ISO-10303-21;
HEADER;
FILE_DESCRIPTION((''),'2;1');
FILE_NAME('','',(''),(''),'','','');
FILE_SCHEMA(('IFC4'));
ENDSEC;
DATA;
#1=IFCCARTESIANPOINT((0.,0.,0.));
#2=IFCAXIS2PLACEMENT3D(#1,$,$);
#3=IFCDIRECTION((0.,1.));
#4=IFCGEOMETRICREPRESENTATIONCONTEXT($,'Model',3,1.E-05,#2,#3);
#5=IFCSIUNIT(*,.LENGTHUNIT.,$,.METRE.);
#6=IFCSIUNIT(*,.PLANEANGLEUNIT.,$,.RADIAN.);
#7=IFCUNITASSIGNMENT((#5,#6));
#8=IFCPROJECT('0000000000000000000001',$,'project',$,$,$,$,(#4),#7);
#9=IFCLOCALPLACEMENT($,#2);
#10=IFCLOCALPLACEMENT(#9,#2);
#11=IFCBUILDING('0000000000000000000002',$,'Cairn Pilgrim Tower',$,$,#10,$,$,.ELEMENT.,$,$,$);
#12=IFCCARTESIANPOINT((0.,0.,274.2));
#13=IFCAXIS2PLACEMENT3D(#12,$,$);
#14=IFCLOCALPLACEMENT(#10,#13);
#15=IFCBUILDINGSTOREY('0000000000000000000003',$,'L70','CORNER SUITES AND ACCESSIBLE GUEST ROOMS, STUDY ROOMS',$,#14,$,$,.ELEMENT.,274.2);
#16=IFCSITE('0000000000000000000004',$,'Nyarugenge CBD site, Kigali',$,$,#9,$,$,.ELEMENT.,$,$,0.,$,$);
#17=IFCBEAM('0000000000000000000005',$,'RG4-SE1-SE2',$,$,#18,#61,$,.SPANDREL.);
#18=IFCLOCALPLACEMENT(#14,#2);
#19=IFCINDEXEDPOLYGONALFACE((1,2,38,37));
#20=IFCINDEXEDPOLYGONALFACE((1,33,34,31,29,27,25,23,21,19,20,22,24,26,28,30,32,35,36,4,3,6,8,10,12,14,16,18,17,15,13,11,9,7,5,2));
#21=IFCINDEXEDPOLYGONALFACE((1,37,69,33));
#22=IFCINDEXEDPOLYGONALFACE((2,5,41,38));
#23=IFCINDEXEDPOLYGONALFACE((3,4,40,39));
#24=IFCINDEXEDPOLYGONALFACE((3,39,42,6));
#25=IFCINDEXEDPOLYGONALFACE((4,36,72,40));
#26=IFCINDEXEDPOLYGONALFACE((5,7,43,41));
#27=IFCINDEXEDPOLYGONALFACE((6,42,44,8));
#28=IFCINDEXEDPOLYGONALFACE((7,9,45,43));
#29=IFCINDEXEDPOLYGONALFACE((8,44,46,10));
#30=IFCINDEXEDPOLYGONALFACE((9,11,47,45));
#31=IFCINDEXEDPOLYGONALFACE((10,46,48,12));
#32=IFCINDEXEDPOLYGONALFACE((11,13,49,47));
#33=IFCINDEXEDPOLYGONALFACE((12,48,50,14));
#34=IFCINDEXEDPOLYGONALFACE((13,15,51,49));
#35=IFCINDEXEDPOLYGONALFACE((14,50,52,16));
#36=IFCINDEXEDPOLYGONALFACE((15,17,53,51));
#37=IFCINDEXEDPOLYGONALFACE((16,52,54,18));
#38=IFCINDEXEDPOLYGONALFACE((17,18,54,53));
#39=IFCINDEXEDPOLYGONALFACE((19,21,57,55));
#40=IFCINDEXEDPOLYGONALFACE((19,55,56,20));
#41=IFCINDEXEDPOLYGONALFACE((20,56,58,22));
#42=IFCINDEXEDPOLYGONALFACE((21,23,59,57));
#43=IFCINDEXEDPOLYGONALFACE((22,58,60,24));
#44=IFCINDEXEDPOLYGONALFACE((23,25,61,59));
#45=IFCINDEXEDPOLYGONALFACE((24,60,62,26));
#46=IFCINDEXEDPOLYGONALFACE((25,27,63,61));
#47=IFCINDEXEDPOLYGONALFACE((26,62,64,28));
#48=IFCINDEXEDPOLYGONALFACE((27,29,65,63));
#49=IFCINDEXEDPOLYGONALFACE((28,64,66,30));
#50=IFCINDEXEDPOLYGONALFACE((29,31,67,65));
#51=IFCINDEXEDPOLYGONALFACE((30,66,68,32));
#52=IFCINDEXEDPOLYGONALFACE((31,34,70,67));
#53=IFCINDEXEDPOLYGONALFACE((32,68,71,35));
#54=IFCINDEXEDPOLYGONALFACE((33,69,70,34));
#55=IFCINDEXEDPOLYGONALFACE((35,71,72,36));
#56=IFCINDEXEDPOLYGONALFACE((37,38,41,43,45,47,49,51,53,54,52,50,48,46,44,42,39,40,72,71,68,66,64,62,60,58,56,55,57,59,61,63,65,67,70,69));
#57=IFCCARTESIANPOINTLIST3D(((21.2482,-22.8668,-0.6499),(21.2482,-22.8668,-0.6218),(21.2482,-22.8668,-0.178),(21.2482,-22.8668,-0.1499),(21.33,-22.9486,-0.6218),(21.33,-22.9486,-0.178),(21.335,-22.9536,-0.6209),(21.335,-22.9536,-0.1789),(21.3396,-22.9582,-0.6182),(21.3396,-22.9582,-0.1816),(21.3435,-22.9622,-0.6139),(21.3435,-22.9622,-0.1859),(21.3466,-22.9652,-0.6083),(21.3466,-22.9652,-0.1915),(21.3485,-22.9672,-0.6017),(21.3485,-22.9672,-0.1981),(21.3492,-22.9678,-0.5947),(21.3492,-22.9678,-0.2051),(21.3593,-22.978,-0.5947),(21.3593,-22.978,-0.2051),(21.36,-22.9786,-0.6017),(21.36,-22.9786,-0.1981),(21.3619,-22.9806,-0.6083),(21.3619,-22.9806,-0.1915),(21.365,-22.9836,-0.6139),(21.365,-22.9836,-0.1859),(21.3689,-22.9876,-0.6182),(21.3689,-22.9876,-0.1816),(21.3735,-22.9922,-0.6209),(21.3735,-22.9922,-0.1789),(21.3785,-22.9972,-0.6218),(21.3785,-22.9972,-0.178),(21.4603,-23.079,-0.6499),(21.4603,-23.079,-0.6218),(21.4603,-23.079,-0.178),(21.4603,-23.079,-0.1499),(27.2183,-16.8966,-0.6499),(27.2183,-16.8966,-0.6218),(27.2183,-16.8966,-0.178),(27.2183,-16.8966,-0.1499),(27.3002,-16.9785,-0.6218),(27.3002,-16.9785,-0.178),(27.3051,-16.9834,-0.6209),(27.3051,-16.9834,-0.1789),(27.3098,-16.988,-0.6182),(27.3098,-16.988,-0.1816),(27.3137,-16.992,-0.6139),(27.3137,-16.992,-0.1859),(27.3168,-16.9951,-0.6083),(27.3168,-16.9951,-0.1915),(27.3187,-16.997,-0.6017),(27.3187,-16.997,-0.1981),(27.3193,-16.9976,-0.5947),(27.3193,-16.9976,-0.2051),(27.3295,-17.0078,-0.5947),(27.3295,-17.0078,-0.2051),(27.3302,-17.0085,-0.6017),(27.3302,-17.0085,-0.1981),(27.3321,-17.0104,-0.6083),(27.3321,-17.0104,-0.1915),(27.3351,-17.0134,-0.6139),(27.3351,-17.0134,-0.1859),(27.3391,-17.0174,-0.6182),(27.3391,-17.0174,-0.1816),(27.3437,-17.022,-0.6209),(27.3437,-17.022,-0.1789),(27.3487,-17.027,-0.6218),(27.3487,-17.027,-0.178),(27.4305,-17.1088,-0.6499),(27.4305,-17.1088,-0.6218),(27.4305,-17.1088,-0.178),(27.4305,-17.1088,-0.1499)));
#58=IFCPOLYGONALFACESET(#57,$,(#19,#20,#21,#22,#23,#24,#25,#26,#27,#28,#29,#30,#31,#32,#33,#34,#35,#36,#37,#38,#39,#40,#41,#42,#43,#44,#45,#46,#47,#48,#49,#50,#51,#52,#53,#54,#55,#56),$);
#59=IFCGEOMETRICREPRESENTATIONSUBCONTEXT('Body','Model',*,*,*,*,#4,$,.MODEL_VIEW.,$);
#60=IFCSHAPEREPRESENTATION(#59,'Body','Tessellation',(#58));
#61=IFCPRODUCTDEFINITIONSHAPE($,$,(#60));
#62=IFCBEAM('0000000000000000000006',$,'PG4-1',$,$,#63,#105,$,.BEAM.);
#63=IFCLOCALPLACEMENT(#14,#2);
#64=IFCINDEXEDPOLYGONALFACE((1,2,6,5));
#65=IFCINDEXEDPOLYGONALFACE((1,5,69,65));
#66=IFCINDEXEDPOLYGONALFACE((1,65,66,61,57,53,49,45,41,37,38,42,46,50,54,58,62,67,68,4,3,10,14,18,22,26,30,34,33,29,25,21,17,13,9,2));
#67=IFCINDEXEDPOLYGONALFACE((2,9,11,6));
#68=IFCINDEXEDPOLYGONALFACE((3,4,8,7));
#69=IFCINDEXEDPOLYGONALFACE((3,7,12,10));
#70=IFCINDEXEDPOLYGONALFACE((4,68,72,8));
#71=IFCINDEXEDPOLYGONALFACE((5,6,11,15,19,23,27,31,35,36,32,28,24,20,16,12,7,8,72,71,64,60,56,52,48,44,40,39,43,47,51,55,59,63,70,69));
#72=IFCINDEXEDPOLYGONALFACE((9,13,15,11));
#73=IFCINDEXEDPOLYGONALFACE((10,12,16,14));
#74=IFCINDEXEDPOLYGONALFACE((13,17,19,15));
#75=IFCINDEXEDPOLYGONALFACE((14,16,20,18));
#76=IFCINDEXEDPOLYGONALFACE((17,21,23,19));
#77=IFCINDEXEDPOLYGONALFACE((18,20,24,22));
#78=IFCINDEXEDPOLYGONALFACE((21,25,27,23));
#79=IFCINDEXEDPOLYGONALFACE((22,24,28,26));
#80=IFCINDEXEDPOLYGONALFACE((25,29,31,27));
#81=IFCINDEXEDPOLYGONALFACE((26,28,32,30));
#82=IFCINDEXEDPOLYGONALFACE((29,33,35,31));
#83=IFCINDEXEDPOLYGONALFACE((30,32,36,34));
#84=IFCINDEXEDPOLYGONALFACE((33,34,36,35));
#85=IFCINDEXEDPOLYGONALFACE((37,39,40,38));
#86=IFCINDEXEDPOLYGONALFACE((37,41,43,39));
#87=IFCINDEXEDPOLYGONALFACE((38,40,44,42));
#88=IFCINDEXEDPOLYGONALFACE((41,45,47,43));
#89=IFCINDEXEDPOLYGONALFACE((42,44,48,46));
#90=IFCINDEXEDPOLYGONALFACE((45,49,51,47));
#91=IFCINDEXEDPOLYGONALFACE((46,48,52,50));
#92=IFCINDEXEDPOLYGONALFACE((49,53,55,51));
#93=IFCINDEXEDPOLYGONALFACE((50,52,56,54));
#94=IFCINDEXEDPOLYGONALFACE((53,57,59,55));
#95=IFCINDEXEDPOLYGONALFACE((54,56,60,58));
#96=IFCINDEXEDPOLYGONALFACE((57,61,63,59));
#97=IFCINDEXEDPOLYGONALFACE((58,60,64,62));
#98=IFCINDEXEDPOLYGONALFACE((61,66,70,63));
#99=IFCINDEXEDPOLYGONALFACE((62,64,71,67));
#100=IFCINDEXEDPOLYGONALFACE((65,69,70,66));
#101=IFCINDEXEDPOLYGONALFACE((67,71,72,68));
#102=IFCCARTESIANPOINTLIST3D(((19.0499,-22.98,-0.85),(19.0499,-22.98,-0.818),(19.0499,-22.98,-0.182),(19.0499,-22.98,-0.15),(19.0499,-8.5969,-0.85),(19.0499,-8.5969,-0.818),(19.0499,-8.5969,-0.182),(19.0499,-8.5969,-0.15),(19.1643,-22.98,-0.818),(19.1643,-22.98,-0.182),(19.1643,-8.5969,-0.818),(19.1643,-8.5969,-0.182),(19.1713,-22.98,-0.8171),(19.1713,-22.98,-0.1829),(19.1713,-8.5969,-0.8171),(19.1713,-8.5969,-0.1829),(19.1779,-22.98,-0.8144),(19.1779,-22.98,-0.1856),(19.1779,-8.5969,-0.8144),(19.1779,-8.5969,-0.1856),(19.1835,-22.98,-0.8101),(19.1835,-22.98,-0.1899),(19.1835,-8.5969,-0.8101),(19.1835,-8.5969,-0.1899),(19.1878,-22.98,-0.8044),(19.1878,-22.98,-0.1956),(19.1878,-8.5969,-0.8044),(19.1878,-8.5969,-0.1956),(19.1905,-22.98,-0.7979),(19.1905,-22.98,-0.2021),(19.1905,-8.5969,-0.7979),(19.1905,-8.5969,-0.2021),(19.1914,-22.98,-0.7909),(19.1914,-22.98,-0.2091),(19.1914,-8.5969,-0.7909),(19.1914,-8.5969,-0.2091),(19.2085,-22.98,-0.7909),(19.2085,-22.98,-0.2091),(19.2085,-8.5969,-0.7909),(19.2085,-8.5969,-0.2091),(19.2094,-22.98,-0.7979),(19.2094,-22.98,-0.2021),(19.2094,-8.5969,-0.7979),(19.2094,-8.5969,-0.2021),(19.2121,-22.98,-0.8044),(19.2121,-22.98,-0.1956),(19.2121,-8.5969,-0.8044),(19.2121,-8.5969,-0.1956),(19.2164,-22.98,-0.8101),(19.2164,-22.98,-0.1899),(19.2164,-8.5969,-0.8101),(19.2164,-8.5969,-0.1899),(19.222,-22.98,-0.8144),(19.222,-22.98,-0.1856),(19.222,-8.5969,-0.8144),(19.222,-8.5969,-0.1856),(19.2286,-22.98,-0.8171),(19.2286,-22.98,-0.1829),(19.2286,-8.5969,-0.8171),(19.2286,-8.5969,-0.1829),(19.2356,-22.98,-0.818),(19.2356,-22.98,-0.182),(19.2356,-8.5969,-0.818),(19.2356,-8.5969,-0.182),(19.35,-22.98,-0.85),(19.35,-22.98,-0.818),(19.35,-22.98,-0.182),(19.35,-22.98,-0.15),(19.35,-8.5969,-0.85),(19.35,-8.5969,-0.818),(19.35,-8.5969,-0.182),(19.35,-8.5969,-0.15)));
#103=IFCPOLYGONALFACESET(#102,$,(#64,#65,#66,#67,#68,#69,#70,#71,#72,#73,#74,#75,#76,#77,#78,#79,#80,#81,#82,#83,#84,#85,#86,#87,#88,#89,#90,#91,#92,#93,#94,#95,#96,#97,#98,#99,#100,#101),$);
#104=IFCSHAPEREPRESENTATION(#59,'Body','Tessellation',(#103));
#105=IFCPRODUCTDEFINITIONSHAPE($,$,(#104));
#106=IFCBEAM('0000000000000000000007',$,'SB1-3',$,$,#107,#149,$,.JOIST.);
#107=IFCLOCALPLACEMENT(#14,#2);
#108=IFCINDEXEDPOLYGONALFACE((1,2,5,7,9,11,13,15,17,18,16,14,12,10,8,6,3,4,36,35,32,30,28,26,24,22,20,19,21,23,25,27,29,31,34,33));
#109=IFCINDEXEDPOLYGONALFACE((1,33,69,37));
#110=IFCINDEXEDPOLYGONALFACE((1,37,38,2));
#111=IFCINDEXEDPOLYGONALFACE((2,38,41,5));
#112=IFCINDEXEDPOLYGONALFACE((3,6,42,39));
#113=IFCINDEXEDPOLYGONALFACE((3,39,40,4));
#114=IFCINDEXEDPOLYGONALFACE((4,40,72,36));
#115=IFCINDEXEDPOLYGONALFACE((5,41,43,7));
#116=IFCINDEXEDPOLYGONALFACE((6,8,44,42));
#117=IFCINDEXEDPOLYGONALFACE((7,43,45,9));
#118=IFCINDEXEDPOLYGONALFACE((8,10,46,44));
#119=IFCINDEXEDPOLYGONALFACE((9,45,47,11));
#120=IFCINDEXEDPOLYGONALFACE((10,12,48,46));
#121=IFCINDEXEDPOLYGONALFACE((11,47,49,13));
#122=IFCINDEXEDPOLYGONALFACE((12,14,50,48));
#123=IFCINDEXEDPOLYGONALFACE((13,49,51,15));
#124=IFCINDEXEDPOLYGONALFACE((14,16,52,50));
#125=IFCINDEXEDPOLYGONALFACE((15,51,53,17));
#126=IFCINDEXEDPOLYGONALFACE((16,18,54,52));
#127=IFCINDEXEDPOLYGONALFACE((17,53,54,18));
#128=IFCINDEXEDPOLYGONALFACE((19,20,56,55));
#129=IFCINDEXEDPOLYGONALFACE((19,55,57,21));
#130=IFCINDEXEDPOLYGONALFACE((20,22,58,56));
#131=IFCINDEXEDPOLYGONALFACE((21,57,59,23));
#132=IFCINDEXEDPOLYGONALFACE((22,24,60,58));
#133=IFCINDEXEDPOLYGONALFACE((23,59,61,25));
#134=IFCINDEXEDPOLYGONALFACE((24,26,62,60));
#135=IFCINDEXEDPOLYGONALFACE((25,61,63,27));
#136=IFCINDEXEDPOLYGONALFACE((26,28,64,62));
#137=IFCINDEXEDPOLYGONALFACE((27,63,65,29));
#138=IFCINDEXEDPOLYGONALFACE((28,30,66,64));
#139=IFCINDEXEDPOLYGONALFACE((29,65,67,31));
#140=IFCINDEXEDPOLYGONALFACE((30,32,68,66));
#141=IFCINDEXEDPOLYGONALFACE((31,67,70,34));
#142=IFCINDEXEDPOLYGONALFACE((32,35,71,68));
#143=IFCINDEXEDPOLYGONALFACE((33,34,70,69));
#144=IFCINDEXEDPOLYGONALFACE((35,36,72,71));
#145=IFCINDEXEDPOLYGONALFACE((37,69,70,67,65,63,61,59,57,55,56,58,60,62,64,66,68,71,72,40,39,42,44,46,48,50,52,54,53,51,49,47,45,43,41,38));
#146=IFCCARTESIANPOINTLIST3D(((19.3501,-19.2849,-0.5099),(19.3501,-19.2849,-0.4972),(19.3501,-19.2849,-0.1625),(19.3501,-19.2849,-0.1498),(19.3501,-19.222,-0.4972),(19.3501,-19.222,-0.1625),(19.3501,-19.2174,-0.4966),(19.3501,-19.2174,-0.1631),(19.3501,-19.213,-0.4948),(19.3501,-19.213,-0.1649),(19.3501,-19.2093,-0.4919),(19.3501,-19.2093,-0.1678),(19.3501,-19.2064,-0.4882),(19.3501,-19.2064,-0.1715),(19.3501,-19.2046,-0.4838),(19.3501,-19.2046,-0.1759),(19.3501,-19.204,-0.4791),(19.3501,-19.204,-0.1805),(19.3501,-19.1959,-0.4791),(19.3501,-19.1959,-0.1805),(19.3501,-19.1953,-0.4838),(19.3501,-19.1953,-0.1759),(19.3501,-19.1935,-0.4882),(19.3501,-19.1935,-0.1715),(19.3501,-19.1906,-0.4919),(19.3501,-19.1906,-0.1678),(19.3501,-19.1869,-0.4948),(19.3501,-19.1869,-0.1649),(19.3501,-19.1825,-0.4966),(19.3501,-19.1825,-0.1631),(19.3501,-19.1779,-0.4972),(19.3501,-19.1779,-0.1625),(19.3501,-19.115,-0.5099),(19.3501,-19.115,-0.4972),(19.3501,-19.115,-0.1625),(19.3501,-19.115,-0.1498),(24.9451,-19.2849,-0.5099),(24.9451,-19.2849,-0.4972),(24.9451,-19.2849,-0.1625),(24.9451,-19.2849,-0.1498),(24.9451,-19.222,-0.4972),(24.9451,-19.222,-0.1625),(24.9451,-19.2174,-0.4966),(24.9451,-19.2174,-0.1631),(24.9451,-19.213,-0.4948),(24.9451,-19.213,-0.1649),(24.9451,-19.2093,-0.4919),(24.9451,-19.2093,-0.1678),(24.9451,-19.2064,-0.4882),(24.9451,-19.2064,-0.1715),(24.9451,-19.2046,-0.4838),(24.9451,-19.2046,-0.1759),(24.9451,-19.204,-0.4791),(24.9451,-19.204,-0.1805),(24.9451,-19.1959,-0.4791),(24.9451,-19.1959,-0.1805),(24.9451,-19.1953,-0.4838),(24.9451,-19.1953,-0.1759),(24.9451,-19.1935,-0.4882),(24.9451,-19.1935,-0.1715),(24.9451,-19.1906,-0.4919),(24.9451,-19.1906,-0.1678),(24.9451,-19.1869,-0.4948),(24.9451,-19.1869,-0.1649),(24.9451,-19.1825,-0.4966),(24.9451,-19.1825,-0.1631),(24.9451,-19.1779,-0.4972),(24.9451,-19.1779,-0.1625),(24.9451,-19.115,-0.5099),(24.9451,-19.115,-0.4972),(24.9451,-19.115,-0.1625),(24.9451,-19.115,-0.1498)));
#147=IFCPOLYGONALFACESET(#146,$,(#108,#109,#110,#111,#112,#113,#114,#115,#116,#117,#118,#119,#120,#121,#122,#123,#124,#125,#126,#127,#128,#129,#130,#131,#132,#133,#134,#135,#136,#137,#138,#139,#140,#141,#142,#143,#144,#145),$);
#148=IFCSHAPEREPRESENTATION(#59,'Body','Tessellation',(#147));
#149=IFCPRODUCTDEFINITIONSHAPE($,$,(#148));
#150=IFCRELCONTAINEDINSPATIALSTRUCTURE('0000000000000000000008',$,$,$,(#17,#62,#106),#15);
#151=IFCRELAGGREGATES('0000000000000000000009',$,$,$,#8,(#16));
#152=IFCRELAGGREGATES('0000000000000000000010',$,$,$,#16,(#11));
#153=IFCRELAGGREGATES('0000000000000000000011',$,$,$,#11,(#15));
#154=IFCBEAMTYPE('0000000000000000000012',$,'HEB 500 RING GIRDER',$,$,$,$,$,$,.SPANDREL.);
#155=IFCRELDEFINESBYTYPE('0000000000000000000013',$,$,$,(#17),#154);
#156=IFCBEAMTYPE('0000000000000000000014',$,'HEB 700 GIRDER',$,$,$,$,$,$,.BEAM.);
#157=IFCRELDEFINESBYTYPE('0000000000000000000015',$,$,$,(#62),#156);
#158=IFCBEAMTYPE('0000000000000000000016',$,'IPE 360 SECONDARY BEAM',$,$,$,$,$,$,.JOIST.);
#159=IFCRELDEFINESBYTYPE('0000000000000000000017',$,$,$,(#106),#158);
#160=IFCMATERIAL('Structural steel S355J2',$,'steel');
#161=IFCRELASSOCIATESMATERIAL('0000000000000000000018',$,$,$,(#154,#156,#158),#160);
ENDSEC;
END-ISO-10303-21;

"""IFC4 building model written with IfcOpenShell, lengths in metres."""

from ifc_helpers import new_model, si_unit, direction, frame, origin, origin_2d, place, context, subcontext, project, spatial, i_section, extrude, material, material_profile, profile_set, type_object, element, save


model = new_model("IFC4")

# Units and contexts
model_context = context("Model", 3, precision=1e-05, world=origin(), true_north=direction((0.0, 1.0)))
body_context = subcontext(model_context, "Body", "Model", "MODEL_VIEW")
ifc_project = project(units=[si_unit("LENGTHUNIT", "METRE"), si_unit("PLANEANGLEUNIT", "RADIAN")], contexts=[model_context])

# Site, building, storey
site_placement = place(None, origin())
site = spatial("IfcSite", under=ifc_project, at=site_placement, Name="Nyarugenge CBD site, Kigali", CompositionType="ELEMENT", RefElevation=0.0)
building_placement = place(site_placement, origin())
building = spatial("IfcBuilding", under=site, at=building_placement, Name="Cairn Pilgrim Tower", CompositionType="ELEMENT")
storey_placement = place(building_placement, frame((0.0, 0.0, 274.2)))
storey = spatial("IfcBuildingStorey", under=building, at=storey_placement, Name="L70", Description="CORNER SUITES AND ACCESSIBLE GUEST ROOMS, STUDY ROOMS", CompositionType="ELEMENT", Elevation=274.2)

# Shared definitions
ifc_material_1 = material(Name="Structural steel S355J2", Category="steel")

# Beams
ifc_material_profile_1 = material_profile(ifc_material_1, i_section(OverallWidth=0.3, OverallDepth=0.5, WebThickness=0.0144, FlangeThickness=0.0281, FilletRadius=0.0271, at=origin_2d()), Name="HEB 500")
ifc_profile_set_1 = profile_set([ifc_material_profile_1], Name="Structural steel S355J2")
beam_type_1 = type_object("IfcBeamType", Name="HEB 500 RING GIRDER", PredefinedType="SPANDREL", material=ifc_profile_set_1)
beam_1_placement = place(storey_placement, frame((21.3542, -22.9729, -0.3999), z_axis=(0.707107, 0.707107, 0.0), x_axis=(-0.707107, 0.707107, 0.0)))
element("IfcBeam", 1, at=beam_1_placement, inside=storey, type_object=beam_type_1, Name="RG4-SE1-SE2", PredefinedType="SPANDREL", context=body_context, shape_type="SweptSolid", body=[
    extrude(i_section(OverallWidth=0.3, OverallDepth=0.5, WebThickness=0.0144, FlangeThickness=0.0281, FilletRadius=0.0271, at=origin_2d()), origin(), (0.0, 0.0, 1.0), 8.4431),
])
ifc_material_profile_2 = material_profile(ifc_material_1, i_section(OverallWidth=0.3, OverallDepth=0.7, WebThickness=0.0171, FlangeThickness=0.032, FilletRadius=0.0271, at=origin_2d()), Name="HEB 700")
ifc_profile_set_2 = profile_set([ifc_material_profile_2], Name="Structural steel S355J2")
beam_type_2 = type_object("IfcBeamType", Name="HEB 700 GIRDER", PredefinedType="BEAM", material=ifc_profile_set_2)
beam_2_placement = place(storey_placement, frame((19.2, -22.98, -0.5), z_axis=(0.0, 1.0, 0.0), x_axis=(-1.0, 0.0, 0.0)))
element("IfcBeam", 2, at=beam_2_placement, inside=storey, type_object=beam_type_2, Name="PG4-1", PredefinedType="BEAM", context=body_context, shape_type="SweptSolid", body=[
    extrude(i_section(OverallWidth=0.3, OverallDepth=0.7, WebThickness=0.0171, FlangeThickness=0.032, FilletRadius=0.0271, at=origin_2d()), origin(), (0.0, 0.0, 1.0), 14.3831),
])
ifc_material_profile_3 = material_profile(ifc_material_1, i_section(OverallWidth=0.1699, OverallDepth=0.3601, WebThickness=0.0081, FlangeThickness=0.0127, FilletRadius=0.0181, at=origin_2d()), Name="IPE 360")
ifc_profile_set_3 = profile_set([ifc_material_profile_3], Name="Structural steel S355J2")
beam_type_3 = type_object("IfcBeamType", Name="IPE 360 SECONDARY BEAM", PredefinedType="JOIST", material=ifc_profile_set_3)
beam_3_placement = place(storey_placement, frame((19.3501, -19.2, -0.3298), z_axis=(1.0, 0.0, 0.0), x_axis=(0.0, 1.0, 0.0)))
element("IfcBeam", 3, at=beam_3_placement, inside=storey, type_object=beam_type_3, Name="SB1-3", PredefinedType="JOIST", context=body_context, shape_type="SweptSolid", body=[
    extrude(i_section(OverallWidth=0.1699, OverallDepth=0.3601, WebThickness=0.0081, FlangeThickness=0.0127, FilletRadius=0.0181, at=origin_2d()), origin(), (0.0, 0.0, 1.0), 5.595),
])

save(model, "model.ifc")
